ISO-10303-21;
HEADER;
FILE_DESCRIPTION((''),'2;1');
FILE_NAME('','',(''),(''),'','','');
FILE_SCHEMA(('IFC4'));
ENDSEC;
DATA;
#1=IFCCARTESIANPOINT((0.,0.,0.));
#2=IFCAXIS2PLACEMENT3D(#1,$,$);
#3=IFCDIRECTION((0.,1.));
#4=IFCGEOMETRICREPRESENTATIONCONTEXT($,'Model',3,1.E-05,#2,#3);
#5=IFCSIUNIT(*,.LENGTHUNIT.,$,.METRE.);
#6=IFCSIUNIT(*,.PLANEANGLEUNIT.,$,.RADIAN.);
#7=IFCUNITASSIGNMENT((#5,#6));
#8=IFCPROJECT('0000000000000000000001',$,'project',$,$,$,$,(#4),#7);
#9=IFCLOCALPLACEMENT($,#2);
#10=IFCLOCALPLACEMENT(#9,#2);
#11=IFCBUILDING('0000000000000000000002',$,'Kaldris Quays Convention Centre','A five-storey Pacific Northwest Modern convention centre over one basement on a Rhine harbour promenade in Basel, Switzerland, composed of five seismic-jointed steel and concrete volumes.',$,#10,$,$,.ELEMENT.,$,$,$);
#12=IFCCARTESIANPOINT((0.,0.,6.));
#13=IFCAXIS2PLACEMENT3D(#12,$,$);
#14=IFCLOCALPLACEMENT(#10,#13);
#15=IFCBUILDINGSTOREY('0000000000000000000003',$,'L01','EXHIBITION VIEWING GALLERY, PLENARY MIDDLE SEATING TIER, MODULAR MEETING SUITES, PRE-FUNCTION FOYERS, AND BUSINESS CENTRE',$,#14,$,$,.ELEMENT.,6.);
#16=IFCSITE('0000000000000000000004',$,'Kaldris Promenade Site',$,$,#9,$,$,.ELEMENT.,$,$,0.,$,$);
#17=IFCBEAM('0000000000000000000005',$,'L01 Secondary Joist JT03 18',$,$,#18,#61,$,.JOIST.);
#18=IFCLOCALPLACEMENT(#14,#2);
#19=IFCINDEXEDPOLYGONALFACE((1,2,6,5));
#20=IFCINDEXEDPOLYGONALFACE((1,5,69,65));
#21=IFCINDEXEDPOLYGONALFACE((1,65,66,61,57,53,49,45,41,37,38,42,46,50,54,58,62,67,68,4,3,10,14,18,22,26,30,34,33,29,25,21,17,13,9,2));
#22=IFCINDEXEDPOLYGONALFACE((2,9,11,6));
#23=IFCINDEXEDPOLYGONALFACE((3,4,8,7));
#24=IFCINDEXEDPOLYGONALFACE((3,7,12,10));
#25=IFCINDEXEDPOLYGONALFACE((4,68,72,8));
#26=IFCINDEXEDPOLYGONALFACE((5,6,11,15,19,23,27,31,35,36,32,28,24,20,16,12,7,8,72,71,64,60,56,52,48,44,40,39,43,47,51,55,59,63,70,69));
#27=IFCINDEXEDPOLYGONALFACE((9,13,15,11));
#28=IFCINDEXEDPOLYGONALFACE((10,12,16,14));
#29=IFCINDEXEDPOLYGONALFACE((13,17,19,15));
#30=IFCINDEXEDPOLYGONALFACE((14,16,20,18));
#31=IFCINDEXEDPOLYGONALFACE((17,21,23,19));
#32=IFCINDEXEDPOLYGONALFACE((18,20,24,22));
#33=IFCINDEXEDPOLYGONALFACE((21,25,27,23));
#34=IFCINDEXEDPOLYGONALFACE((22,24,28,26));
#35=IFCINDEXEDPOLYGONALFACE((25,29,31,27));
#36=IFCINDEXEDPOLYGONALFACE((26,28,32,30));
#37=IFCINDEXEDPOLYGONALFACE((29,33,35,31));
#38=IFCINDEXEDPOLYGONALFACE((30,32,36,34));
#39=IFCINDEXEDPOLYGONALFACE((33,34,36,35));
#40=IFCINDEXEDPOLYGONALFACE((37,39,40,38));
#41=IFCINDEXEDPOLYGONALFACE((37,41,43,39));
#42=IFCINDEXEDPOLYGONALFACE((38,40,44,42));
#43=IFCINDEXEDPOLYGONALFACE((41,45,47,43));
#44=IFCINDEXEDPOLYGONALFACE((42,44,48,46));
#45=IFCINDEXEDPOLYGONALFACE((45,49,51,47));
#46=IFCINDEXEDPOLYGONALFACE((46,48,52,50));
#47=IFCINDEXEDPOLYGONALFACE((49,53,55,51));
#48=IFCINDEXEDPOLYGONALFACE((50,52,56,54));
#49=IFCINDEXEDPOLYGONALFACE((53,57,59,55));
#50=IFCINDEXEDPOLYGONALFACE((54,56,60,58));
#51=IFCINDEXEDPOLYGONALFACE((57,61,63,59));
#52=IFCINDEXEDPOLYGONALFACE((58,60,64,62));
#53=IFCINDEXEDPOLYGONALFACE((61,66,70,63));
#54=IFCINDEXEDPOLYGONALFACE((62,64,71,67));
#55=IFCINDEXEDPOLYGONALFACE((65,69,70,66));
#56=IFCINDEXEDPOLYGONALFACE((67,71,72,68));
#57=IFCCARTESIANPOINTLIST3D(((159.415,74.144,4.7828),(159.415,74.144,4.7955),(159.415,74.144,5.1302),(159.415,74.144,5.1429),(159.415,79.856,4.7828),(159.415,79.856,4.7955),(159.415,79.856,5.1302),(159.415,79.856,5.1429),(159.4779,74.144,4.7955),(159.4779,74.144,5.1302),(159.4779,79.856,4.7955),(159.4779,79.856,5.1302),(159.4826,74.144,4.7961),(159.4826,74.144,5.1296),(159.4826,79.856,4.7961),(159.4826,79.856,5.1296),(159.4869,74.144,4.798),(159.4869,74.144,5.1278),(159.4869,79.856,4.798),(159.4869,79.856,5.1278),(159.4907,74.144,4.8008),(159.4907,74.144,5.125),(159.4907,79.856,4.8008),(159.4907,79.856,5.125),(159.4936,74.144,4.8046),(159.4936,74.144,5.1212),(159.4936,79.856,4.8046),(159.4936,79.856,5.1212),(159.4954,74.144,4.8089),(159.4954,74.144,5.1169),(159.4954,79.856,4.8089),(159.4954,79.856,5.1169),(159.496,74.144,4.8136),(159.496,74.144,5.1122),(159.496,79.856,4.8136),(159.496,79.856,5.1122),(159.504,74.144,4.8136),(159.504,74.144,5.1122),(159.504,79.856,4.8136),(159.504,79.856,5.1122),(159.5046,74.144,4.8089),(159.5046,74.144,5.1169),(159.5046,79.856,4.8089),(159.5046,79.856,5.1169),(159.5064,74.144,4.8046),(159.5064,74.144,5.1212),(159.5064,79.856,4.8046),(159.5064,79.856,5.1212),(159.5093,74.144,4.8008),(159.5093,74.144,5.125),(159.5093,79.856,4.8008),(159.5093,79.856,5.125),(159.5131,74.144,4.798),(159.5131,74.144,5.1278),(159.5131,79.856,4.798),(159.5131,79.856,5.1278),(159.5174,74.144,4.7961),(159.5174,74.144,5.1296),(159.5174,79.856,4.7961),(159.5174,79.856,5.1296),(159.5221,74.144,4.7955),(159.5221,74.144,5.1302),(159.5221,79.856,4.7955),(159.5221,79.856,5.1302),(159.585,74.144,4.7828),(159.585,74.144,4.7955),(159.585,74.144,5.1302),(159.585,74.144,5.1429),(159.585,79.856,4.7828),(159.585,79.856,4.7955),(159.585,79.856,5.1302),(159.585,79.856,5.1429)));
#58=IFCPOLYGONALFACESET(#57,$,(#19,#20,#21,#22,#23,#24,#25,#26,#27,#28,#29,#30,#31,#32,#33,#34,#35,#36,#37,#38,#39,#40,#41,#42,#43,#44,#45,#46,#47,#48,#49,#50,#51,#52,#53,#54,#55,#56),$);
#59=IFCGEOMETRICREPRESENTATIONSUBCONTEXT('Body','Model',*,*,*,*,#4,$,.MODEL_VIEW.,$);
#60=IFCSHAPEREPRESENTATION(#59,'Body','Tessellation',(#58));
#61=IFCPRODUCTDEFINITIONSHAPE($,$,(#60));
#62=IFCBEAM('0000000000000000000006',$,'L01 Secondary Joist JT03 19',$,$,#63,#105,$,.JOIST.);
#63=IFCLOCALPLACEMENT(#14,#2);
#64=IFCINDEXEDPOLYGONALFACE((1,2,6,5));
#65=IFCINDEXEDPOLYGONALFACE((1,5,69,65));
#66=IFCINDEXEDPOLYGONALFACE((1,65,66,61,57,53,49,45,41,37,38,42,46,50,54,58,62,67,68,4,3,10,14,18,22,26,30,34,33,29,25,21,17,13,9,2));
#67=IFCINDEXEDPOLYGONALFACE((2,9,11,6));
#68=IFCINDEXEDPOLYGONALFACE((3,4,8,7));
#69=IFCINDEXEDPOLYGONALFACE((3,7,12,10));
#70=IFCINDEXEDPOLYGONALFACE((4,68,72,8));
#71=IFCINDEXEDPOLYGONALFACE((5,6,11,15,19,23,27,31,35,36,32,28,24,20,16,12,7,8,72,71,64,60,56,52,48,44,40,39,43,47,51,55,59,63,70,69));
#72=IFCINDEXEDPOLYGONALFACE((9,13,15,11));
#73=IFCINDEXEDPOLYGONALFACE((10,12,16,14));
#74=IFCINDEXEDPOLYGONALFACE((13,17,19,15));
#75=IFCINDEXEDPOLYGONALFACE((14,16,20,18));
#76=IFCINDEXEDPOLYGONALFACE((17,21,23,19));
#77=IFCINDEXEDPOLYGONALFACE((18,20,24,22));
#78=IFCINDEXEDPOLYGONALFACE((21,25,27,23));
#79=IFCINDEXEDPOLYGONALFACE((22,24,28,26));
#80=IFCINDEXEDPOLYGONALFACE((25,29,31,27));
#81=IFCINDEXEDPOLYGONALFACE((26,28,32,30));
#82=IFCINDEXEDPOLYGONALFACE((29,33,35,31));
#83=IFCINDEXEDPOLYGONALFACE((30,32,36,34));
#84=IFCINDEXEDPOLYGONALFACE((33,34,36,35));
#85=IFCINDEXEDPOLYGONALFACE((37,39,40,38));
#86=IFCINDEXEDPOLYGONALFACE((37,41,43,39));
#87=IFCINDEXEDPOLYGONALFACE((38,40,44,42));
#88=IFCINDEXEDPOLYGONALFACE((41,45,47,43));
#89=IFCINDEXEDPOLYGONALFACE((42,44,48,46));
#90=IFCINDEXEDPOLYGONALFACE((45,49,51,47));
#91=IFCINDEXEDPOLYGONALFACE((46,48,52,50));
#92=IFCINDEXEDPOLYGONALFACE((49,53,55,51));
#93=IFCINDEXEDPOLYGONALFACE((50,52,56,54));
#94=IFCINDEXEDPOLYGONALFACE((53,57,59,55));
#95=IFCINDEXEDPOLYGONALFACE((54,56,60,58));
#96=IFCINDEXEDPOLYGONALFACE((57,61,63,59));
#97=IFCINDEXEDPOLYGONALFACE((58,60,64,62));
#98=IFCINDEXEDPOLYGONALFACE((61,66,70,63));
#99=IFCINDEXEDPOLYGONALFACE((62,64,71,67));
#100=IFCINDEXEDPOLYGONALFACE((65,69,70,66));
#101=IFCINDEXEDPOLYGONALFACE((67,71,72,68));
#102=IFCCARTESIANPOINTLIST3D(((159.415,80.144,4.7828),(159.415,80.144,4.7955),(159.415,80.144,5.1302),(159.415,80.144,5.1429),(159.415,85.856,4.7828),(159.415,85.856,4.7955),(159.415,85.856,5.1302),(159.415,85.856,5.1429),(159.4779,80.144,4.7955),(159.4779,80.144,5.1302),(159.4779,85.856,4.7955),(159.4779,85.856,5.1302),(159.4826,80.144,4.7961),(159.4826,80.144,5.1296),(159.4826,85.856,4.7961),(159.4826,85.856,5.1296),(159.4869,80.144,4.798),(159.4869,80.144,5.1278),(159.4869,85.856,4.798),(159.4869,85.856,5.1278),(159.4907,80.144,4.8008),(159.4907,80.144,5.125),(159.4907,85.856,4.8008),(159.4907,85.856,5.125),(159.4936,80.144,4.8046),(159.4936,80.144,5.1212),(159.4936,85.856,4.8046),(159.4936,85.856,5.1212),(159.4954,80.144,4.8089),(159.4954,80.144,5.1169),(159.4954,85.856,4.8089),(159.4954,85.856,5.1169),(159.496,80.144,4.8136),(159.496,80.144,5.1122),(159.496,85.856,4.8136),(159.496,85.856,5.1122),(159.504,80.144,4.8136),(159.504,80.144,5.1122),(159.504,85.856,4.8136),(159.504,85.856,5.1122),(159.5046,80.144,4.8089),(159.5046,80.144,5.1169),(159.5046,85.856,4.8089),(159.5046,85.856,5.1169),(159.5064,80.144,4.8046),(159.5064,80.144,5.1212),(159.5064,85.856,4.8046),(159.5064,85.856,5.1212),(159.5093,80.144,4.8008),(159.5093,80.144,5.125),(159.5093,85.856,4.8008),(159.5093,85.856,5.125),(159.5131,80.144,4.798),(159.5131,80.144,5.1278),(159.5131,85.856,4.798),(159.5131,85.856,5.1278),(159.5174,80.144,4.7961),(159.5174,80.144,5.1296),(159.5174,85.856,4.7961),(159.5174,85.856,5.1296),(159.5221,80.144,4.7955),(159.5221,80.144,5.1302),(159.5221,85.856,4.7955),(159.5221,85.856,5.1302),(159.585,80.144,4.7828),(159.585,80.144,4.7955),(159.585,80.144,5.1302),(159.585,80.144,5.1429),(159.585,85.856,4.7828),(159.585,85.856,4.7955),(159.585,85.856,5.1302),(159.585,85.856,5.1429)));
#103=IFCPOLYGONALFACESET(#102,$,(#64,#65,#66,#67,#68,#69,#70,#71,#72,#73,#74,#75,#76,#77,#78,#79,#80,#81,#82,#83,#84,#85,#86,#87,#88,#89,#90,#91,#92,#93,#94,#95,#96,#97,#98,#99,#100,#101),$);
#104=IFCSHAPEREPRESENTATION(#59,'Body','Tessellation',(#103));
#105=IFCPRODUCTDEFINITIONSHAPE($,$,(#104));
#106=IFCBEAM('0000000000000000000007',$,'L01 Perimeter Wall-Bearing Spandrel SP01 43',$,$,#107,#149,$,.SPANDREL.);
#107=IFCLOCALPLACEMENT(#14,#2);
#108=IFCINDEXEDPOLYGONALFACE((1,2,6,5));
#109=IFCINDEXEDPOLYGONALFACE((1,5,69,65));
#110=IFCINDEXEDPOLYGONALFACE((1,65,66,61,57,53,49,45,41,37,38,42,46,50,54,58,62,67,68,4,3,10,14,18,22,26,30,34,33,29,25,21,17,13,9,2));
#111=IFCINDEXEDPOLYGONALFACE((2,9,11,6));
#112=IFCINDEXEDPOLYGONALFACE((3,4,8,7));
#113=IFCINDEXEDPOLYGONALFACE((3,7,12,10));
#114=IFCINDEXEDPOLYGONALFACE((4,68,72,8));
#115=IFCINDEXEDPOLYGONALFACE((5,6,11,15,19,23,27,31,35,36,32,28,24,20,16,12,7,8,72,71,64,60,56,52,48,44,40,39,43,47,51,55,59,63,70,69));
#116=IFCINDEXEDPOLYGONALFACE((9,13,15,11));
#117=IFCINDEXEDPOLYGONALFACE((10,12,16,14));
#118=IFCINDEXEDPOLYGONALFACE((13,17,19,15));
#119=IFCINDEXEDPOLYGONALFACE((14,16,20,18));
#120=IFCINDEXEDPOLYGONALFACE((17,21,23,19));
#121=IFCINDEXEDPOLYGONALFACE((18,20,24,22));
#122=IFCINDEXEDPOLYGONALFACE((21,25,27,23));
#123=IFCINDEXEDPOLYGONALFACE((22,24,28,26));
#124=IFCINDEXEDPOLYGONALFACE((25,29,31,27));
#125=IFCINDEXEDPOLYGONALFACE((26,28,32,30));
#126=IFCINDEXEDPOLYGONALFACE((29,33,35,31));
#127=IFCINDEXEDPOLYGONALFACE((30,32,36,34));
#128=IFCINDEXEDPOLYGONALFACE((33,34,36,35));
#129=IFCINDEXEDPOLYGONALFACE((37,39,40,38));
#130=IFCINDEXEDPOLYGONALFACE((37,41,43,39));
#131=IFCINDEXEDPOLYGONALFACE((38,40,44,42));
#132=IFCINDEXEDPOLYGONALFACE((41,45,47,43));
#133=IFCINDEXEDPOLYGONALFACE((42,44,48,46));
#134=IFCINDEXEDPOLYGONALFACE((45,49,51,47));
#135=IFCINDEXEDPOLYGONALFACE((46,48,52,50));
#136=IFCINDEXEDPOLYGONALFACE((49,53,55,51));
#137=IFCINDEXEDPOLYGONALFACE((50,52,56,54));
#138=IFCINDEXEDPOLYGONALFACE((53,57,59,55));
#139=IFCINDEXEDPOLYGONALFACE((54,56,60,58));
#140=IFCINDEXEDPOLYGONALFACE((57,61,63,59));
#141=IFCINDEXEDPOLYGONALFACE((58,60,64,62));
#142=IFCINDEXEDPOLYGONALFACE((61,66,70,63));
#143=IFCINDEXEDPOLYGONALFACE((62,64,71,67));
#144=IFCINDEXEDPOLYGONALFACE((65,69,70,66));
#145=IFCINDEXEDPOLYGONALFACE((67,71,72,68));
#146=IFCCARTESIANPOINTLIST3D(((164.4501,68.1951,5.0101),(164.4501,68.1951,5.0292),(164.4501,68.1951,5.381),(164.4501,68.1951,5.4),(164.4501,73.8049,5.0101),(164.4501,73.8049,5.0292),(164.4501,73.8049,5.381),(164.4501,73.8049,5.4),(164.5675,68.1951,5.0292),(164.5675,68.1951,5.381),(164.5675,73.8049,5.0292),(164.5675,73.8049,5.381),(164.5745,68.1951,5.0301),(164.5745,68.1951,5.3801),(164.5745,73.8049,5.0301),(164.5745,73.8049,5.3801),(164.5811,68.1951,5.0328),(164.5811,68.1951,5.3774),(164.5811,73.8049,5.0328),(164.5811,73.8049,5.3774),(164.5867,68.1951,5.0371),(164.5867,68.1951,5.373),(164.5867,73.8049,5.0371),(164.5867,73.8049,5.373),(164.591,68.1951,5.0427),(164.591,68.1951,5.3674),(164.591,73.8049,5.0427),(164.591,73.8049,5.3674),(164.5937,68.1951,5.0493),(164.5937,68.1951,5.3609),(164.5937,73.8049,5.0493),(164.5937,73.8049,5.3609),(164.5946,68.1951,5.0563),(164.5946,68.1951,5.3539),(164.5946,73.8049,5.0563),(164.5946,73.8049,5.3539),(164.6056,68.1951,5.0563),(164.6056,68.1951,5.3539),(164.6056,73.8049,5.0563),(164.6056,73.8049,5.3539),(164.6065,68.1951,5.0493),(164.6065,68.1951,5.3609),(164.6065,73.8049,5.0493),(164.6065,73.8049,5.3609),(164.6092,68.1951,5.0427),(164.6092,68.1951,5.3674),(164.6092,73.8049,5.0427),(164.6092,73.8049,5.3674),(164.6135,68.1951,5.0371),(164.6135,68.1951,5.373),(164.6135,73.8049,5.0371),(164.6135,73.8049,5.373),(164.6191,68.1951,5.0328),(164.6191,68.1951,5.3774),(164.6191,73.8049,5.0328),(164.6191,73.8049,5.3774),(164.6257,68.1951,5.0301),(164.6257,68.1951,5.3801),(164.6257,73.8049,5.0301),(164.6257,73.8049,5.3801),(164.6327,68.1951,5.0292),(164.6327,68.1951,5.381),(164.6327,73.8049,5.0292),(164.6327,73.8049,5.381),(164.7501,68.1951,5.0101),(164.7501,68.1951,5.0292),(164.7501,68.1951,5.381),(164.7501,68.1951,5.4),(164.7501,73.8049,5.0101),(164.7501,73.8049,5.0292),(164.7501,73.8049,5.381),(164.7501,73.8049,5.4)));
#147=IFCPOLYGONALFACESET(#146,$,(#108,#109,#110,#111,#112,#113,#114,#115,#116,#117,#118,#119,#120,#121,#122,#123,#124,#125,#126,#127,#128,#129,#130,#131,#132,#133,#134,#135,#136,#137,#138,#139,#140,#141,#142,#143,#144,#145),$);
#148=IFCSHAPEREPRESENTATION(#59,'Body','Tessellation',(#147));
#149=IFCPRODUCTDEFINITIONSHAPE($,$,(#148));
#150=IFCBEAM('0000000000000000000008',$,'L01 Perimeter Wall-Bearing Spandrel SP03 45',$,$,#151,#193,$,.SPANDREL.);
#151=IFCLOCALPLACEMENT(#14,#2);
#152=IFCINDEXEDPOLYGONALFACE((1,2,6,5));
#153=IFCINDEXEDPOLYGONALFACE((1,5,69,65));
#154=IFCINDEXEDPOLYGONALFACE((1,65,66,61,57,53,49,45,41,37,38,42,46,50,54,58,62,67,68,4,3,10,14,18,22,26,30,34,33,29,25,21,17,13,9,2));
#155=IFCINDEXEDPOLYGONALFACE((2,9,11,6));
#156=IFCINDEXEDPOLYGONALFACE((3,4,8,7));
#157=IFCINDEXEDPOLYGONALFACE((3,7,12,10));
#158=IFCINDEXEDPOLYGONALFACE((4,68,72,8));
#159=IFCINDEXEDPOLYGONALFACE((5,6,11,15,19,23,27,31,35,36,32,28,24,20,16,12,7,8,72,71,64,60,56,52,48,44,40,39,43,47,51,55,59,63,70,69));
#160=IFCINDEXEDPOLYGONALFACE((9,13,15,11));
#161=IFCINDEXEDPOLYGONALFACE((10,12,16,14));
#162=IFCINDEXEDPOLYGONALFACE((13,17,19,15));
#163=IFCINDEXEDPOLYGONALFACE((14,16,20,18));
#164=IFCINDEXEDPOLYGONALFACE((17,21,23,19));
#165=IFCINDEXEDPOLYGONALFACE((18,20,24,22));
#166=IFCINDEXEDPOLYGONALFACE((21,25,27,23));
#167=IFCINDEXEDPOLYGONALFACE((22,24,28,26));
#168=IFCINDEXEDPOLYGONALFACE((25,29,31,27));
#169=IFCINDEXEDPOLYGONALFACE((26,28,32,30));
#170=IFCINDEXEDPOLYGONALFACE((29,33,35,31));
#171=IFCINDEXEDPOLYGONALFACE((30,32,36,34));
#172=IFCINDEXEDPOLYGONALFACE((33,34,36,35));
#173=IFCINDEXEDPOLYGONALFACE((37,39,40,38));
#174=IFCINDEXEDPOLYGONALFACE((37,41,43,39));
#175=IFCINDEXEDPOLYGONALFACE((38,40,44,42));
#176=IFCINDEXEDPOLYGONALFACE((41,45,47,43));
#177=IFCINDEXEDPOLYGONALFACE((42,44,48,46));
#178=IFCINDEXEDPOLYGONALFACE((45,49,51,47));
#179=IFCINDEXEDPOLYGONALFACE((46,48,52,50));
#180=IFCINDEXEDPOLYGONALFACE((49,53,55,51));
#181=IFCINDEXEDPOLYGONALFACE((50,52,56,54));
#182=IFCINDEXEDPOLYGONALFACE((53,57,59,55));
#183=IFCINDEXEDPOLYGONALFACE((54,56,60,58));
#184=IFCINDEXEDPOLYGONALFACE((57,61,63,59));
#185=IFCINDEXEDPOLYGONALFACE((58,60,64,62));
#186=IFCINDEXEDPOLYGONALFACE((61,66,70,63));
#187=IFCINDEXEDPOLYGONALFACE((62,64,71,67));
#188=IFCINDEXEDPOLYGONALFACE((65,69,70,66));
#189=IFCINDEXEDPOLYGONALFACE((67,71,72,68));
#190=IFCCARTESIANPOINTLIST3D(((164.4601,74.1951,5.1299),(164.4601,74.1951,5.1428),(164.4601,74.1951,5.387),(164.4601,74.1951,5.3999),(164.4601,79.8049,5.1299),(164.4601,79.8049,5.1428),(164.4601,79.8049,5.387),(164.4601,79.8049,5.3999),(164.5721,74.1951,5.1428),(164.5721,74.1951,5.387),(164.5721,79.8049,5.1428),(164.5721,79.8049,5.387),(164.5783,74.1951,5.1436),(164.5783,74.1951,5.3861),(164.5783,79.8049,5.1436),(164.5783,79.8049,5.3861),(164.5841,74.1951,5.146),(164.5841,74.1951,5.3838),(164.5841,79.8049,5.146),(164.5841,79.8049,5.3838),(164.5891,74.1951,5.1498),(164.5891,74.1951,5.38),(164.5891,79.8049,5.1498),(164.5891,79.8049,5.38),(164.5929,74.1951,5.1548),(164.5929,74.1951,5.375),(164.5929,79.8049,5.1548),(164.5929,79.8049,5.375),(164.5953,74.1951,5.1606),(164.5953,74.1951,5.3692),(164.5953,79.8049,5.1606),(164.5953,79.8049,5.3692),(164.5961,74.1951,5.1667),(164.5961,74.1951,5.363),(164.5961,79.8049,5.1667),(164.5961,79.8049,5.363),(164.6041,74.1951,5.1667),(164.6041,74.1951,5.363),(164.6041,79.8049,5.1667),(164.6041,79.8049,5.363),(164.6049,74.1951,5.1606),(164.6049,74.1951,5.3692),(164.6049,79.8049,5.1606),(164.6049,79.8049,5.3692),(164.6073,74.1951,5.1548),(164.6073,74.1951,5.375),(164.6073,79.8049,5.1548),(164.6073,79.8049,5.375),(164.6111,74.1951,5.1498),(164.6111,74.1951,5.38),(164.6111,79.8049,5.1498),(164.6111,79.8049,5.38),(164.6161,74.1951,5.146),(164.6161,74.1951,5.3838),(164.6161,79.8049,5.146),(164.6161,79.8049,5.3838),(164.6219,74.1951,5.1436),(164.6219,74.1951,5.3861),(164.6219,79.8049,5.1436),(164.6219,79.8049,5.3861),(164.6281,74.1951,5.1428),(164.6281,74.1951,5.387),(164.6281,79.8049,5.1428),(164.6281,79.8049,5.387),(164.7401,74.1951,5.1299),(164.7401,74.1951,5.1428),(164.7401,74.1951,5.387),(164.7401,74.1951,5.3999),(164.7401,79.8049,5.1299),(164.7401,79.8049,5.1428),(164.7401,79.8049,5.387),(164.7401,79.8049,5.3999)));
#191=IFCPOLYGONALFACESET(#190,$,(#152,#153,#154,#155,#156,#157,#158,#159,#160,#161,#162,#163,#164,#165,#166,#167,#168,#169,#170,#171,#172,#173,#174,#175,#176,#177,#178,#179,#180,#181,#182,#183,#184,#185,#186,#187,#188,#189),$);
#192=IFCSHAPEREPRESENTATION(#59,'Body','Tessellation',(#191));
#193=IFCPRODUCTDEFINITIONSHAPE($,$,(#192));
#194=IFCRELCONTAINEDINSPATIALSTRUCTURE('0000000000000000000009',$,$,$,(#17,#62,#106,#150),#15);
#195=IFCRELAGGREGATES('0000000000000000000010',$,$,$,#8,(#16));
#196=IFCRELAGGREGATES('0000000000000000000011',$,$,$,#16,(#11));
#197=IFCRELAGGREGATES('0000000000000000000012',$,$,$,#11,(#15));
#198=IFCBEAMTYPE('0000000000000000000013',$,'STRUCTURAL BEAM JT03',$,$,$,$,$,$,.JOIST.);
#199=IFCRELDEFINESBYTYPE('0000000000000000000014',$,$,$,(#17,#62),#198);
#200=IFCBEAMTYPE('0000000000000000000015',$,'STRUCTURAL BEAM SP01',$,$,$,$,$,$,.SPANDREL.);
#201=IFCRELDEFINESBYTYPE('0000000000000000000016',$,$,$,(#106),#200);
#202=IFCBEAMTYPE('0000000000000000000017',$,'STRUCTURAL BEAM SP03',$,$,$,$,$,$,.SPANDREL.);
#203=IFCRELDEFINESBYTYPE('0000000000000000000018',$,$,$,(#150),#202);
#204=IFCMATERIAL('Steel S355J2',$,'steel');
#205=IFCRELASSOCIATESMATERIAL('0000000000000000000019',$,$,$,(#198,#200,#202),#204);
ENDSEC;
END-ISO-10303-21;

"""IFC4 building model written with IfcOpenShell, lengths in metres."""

from ifc_helpers import new_model, si_unit, direction, frame, origin, origin_2d, place, context, subcontext, project, spatial, i_section, extrude, material, material_profile, profile_set, type_object, element, save


model = new_model("IFC4")

# Units and contexts
model_context = context("Model", 3, precision=1e-05, world=origin(), true_north=direction((0.0, 1.0)))
body_context = subcontext(model_context, "Body", "Model", "MODEL_VIEW")
ifc_project = project(units=[si_unit("LENGTHUNIT", "METRE"), si_unit("PLANEANGLEUNIT", "RADIAN")], contexts=[model_context])

# Site, building, storey
site_placement = place(None, origin())
site = spatial("IfcSite", under=ifc_project, at=site_placement, Name="Kaldris Promenade Site", CompositionType="ELEMENT", RefElevation=0.0)
building_placement = place(site_placement, origin())
building = spatial("IfcBuilding", under=site, at=building_placement, Name="Kaldris Quays Convention Centre", Description="A five-storey Pacific Northwest Modern convention centre over one basement on a Rhine harbour promenade in Basel, Switzerland, composed of five seismic-jointed steel and concrete volumes.", CompositionType="ELEMENT")
storey_placement = place(building_placement, frame((0.0, 0.0, 6.0)))
storey = spatial("IfcBuildingStorey", under=building, at=storey_placement, Name="L01", Description="EXHIBITION VIEWING GALLERY, PLENARY MIDDLE SEATING TIER, MODULAR MEETING SUITES, PRE-FUNCTION FOYERS, AND BUSINESS CENTRE", CompositionType="ELEMENT", Elevation=6.0)

# Shared definitions
ifc_material_1 = material(Name="Steel S355J2", Category="steel")

# Beams
ifc_material_profile_1 = material_profile(ifc_material_1, i_section(OverallWidth=0.1699, OverallDepth=0.3601, WebThickness=0.0081, FlangeThickness=0.0127, FilletRadius=0.0181, at=origin_2d()), Name="IPE 360")
ifc_profile_set_1 = profile_set([ifc_material_profile_1], Name="Steel S355J2")
beam_type_1 = type_object("IfcBeamType", Name="STRUCTURAL BEAM JT03", PredefinedType="JOIST", material=ifc_profile_set_1)
for number, where, z_axis, x_axis, name in (
    (1, (159.5, 74.144, 4.9629), (0.0, 1.0, 0.0), (-1.0, 0.0, 0.0), "L01 Secondary Joist JT03 18"),
    (2, (159.5, 80.144, 4.9629), (0.0, 1.0, 0.0), (-1.0, 0.0, 0.0), "L01 Secondary Joist JT03 19"),
):
    element("IfcBeam", number, at=place(storey_placement, frame(where, z_axis=z_axis, x_axis=x_axis)), inside=storey, type_object=beam_type_1, Name=name, PredefinedType="JOIST", context=body_context, shape_type="SweptSolid", body=[
        extrude(i_section(OverallWidth=0.1699, OverallDepth=0.3601, WebThickness=0.0081, FlangeThickness=0.0127, FilletRadius=0.0181, at=origin_2d()), origin(), (0.0, 0.0, 1.0), 5.7119),
    ])
ifc_material_profile_2 = material_profile(ifc_material_1, i_section(OverallWidth=0.3, OverallDepth=0.3899, WebThickness=0.011, FlangeThickness=0.019, FilletRadius=0.0271, at=origin_2d()), Name="HEA 400")
ifc_profile_set_2 = profile_set([ifc_material_profile_2], Name="Steel S355J2")
beam_type_2 = type_object("IfcBeamType", Name="STRUCTURAL BEAM SP01", PredefinedType="SPANDREL", material=ifc_profile_set_2)
beam_1_placement = place(storey_placement, frame((164.6001, 68.1951, 5.2051), z_axis=(0.0, 1.0, 0.0), x_axis=(-1.0, 0.0, 0.0)))
element("IfcBeam", 3, at=beam_1_placement, inside=storey, type_object=beam_type_2, Name="L01 Perimeter Wall-Bearing Spandrel SP01 43", PredefinedType="SPANDREL", context=body_context, shape_type="SweptSolid", body=[
    extrude(i_section(OverallWidth=0.3, OverallDepth=0.3899, WebThickness=0.011, FlangeThickness=0.019, FilletRadius=0.0271, at=origin_2d()), origin(), (0.0, 0.0, 1.0), 5.6099),
])
ifc_material_profile_3 = material_profile(ifc_material_1, i_section(OverallWidth=0.28, OverallDepth=0.27, WebThickness=0.0081, FlangeThickness=0.0129, FilletRadius=0.0239, at=origin_2d()), Name="HEA 280")
ifc_profile_set_3 = profile_set([ifc_material_profile_3], Name="Steel S355J2")
beam_type_3 = type_object("IfcBeamType", Name="STRUCTURAL BEAM SP03", PredefinedType="SPANDREL", material=ifc_profile_set_3)
beam_2_placement = place(storey_placement, frame((164.6001, 74.1951, 5.2649), z_axis=(0.0, 1.0, 0.0), x_axis=(-1.0, 0.0, 0.0)))
element("IfcBeam", 4, at=beam_2_placement, inside=storey, type_object=beam_type_3, Name="L01 Perimeter Wall-Bearing Spandrel SP03 45", PredefinedType="SPANDREL", context=body_context, shape_type="SweptSolid", body=[
    extrude(i_section(OverallWidth=0.28, OverallDepth=0.27, WebThickness=0.0081, FlangeThickness=0.0129, FilletRadius=0.0239, at=origin_2d()), origin(), (0.0, 0.0, 1.0), 5.6099),
])

save(model, "model.ifc")
